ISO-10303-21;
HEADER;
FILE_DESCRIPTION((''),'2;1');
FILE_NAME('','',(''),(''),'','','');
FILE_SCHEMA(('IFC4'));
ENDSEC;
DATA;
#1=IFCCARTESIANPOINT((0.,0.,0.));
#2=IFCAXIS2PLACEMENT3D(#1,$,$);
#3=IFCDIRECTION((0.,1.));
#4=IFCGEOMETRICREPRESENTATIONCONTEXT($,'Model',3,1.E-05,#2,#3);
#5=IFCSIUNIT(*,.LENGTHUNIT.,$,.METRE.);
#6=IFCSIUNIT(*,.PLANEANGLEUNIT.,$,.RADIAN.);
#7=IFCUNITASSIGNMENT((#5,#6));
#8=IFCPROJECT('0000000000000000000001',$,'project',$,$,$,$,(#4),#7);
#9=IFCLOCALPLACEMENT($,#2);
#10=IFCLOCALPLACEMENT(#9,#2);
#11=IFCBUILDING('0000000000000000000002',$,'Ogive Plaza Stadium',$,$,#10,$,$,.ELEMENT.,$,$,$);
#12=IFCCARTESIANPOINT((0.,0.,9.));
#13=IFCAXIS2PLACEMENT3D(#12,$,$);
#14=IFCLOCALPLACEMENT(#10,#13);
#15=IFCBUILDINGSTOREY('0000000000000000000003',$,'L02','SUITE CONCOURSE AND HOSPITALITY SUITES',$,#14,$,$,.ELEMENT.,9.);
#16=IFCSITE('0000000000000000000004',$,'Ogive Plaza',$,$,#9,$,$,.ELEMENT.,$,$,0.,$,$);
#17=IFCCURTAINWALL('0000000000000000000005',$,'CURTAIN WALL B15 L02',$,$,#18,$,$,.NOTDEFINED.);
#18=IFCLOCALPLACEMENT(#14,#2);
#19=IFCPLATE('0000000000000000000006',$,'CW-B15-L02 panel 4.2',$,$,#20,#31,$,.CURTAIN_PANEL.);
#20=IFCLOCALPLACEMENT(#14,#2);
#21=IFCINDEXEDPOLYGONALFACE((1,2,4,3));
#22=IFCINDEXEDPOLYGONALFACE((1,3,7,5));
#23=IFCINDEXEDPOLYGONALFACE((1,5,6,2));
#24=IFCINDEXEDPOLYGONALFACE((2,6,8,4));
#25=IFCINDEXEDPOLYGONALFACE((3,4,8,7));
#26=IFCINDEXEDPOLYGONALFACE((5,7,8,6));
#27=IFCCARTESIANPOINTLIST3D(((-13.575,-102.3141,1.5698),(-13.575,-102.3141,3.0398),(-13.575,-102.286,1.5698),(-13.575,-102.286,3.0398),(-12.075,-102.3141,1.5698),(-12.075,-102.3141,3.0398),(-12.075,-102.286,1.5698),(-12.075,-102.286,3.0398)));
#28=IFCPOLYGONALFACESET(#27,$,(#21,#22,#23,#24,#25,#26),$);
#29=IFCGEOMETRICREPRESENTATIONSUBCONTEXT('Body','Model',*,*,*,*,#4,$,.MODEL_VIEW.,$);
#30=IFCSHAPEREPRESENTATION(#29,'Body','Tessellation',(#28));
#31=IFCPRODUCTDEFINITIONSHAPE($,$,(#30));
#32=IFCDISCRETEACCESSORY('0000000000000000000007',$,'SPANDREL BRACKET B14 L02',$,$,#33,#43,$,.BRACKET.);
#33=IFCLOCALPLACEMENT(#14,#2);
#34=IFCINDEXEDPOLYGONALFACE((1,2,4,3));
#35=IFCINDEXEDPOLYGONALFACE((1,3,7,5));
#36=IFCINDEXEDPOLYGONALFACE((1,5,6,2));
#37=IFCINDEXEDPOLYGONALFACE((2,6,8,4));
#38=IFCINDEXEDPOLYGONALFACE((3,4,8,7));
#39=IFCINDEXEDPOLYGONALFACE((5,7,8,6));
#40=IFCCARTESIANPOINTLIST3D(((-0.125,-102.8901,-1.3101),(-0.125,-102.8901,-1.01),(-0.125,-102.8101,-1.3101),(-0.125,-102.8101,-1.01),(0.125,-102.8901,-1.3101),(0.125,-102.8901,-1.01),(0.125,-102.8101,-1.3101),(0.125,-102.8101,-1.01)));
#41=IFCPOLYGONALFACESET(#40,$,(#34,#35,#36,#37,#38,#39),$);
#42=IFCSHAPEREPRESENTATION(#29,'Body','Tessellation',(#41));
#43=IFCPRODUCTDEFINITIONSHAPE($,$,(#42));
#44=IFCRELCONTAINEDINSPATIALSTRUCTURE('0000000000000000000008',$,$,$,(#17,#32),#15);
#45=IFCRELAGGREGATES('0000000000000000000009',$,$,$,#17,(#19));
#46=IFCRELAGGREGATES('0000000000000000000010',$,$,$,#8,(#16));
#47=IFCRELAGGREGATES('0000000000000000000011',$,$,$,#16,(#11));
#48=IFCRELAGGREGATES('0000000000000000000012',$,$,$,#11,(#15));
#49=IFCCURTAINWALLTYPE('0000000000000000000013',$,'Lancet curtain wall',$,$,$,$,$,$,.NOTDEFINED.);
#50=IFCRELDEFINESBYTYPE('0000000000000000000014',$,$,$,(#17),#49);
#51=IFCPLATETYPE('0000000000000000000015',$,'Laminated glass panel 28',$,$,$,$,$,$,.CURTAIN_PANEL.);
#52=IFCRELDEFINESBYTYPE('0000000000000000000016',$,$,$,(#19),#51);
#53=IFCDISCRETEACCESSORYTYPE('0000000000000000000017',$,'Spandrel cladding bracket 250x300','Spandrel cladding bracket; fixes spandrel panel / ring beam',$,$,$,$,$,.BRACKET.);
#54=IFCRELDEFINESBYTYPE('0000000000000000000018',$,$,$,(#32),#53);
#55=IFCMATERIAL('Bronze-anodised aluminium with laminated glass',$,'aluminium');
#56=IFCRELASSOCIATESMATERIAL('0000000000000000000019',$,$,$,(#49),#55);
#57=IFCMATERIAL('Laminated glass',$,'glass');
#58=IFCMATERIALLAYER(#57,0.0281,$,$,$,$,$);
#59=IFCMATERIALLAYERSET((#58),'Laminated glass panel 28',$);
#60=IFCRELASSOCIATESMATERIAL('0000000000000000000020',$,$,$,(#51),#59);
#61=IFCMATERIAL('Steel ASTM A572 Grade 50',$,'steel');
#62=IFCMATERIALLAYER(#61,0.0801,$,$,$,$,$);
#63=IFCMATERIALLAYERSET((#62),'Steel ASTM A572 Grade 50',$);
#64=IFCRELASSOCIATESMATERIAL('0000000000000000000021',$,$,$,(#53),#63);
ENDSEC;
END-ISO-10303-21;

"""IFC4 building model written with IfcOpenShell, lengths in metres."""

from ifc_helpers import new_model, si_unit, direction, frame, origin, origin_2d, place, context, subcontext, project, spatial, rectangle, extrude, material, layer, layer_set, type_object, element, aggregate, save


model = new_model("IFC4")

# Units and contexts
model_context = context("Model", 3, precision=1e-05, world=origin(), true_north=direction((0.0, 1.0)))
body_context = subcontext(model_context, "Body", "Model", "MODEL_VIEW")
ifc_project = project(units=[si_unit("LENGTHUNIT", "METRE"), si_unit("PLANEANGLEUNIT", "RADIAN")], contexts=[model_context])

# Site, building, storey
site_placement = place(None, origin())
site = spatial("IfcSite", under=ifc_project, at=site_placement, Name="Ogive Plaza", CompositionType="ELEMENT", RefElevation=0.0)
building_placement = place(site_placement, origin())
building = spatial("IfcBuilding", under=site, at=building_placement, Name="Ogive Plaza Stadium", CompositionType="ELEMENT")
storey_placement = place(building_placement, frame((0.0, 0.0, 9.0)))
storey = spatial("IfcBuildingStorey", under=building, at=storey_placement, Name="L02", Description="SUITE CONCOURSE AND HOSPITALITY SUITES", CompositionType="ELEMENT", Elevation=9.0)

# Shared definitions
ifc_material_1 = material(Name="Bronze-anodised aluminium with laminated glass", Category="aluminium")
curtain_wall_type = type_object("IfcCurtainWallType", Name="Lancet curtain wall", PredefinedType="NOTDEFINED", material=ifc_material_1)

# Curtain wall
curtain_wall_1_placement = place(storey_placement, origin())
curtain_wall_1 = element("IfcCurtainWall", 1, at=curtain_wall_1_placement, inside=storey, type_object=curtain_wall_type, Name="CURTAIN WALL B15 L02", PredefinedType="NOTDEFINED")

# Plate
ifc_material_2 = material(Name="Laminated glass", Category="glass")
ifc_layer_1 = layer(ifc_material_2, 0.0281)
ifc_layer_set_1 = layer_set([ifc_layer_1], Name="Laminated glass panel 28")
plate_type = type_object("IfcPlateType", Name="Laminated glass panel 28", PredefinedType="CURTAIN_PANEL", material=ifc_layer_set_1)
plate_1_placement = place(storey_placement, frame((-12.825, -102.3, 1.5698), z_axis=(0.0, 0.0, 1.0), x_axis=(-1.0, 0.0, 0.0)))
plate_1 = element("IfcPlate", 2, at=plate_1_placement, type_object=plate_type, Name="CW-B15-L02 panel 4.2", PredefinedType="CURTAIN_PANEL", context=body_context, shape_type="SweptSolid", body=[
    extrude(rectangle(XDim=1.5, YDim=0.0281, at=origin_2d()), origin(), (0.0, 0.0, 1.0), 1.47),
])
aggregate(curtain_wall_1, [plate_1])

# Discrete accessory
ifc_material_3 = material(Name="Steel ASTM A572 Grade 50", Category="steel")
ifc_layer_2 = layer(ifc_material_3, 0.0801)
ifc_layer_set_2 = layer_set([ifc_layer_2], Name="Steel ASTM A572 Grade 50")
discrete_accessory_type = type_object("IfcDiscreteAccessoryType", Name="Spandrel cladding bracket 250x300", Description="Spandrel cladding bracket; fixes spandrel panel / ring beam", PredefinedType="BRACKET", material=ifc_layer_set_2)
discrete_accessory_placement = place(storey_placement, frame((0.0, -102.8501, -1.3101), z_axis=(0.0, 0.0, 1.0), x_axis=(-1.0, 0.0, 0.0)))
element("IfcDiscreteAccessory", 3, at=discrete_accessory_placement, inside=storey, type_object=discrete_accessory_type, Name="SPANDREL BRACKET B14 L02", PredefinedType="BRACKET", context=body_context, shape_type="SweptSolid", body=[
    extrude(rectangle(XDim=0.25, YDim=0.0801, at=origin_2d()), origin(), (0.0, 0.0, 1.0), 0.3),
])

save(model, "model.ifc")
